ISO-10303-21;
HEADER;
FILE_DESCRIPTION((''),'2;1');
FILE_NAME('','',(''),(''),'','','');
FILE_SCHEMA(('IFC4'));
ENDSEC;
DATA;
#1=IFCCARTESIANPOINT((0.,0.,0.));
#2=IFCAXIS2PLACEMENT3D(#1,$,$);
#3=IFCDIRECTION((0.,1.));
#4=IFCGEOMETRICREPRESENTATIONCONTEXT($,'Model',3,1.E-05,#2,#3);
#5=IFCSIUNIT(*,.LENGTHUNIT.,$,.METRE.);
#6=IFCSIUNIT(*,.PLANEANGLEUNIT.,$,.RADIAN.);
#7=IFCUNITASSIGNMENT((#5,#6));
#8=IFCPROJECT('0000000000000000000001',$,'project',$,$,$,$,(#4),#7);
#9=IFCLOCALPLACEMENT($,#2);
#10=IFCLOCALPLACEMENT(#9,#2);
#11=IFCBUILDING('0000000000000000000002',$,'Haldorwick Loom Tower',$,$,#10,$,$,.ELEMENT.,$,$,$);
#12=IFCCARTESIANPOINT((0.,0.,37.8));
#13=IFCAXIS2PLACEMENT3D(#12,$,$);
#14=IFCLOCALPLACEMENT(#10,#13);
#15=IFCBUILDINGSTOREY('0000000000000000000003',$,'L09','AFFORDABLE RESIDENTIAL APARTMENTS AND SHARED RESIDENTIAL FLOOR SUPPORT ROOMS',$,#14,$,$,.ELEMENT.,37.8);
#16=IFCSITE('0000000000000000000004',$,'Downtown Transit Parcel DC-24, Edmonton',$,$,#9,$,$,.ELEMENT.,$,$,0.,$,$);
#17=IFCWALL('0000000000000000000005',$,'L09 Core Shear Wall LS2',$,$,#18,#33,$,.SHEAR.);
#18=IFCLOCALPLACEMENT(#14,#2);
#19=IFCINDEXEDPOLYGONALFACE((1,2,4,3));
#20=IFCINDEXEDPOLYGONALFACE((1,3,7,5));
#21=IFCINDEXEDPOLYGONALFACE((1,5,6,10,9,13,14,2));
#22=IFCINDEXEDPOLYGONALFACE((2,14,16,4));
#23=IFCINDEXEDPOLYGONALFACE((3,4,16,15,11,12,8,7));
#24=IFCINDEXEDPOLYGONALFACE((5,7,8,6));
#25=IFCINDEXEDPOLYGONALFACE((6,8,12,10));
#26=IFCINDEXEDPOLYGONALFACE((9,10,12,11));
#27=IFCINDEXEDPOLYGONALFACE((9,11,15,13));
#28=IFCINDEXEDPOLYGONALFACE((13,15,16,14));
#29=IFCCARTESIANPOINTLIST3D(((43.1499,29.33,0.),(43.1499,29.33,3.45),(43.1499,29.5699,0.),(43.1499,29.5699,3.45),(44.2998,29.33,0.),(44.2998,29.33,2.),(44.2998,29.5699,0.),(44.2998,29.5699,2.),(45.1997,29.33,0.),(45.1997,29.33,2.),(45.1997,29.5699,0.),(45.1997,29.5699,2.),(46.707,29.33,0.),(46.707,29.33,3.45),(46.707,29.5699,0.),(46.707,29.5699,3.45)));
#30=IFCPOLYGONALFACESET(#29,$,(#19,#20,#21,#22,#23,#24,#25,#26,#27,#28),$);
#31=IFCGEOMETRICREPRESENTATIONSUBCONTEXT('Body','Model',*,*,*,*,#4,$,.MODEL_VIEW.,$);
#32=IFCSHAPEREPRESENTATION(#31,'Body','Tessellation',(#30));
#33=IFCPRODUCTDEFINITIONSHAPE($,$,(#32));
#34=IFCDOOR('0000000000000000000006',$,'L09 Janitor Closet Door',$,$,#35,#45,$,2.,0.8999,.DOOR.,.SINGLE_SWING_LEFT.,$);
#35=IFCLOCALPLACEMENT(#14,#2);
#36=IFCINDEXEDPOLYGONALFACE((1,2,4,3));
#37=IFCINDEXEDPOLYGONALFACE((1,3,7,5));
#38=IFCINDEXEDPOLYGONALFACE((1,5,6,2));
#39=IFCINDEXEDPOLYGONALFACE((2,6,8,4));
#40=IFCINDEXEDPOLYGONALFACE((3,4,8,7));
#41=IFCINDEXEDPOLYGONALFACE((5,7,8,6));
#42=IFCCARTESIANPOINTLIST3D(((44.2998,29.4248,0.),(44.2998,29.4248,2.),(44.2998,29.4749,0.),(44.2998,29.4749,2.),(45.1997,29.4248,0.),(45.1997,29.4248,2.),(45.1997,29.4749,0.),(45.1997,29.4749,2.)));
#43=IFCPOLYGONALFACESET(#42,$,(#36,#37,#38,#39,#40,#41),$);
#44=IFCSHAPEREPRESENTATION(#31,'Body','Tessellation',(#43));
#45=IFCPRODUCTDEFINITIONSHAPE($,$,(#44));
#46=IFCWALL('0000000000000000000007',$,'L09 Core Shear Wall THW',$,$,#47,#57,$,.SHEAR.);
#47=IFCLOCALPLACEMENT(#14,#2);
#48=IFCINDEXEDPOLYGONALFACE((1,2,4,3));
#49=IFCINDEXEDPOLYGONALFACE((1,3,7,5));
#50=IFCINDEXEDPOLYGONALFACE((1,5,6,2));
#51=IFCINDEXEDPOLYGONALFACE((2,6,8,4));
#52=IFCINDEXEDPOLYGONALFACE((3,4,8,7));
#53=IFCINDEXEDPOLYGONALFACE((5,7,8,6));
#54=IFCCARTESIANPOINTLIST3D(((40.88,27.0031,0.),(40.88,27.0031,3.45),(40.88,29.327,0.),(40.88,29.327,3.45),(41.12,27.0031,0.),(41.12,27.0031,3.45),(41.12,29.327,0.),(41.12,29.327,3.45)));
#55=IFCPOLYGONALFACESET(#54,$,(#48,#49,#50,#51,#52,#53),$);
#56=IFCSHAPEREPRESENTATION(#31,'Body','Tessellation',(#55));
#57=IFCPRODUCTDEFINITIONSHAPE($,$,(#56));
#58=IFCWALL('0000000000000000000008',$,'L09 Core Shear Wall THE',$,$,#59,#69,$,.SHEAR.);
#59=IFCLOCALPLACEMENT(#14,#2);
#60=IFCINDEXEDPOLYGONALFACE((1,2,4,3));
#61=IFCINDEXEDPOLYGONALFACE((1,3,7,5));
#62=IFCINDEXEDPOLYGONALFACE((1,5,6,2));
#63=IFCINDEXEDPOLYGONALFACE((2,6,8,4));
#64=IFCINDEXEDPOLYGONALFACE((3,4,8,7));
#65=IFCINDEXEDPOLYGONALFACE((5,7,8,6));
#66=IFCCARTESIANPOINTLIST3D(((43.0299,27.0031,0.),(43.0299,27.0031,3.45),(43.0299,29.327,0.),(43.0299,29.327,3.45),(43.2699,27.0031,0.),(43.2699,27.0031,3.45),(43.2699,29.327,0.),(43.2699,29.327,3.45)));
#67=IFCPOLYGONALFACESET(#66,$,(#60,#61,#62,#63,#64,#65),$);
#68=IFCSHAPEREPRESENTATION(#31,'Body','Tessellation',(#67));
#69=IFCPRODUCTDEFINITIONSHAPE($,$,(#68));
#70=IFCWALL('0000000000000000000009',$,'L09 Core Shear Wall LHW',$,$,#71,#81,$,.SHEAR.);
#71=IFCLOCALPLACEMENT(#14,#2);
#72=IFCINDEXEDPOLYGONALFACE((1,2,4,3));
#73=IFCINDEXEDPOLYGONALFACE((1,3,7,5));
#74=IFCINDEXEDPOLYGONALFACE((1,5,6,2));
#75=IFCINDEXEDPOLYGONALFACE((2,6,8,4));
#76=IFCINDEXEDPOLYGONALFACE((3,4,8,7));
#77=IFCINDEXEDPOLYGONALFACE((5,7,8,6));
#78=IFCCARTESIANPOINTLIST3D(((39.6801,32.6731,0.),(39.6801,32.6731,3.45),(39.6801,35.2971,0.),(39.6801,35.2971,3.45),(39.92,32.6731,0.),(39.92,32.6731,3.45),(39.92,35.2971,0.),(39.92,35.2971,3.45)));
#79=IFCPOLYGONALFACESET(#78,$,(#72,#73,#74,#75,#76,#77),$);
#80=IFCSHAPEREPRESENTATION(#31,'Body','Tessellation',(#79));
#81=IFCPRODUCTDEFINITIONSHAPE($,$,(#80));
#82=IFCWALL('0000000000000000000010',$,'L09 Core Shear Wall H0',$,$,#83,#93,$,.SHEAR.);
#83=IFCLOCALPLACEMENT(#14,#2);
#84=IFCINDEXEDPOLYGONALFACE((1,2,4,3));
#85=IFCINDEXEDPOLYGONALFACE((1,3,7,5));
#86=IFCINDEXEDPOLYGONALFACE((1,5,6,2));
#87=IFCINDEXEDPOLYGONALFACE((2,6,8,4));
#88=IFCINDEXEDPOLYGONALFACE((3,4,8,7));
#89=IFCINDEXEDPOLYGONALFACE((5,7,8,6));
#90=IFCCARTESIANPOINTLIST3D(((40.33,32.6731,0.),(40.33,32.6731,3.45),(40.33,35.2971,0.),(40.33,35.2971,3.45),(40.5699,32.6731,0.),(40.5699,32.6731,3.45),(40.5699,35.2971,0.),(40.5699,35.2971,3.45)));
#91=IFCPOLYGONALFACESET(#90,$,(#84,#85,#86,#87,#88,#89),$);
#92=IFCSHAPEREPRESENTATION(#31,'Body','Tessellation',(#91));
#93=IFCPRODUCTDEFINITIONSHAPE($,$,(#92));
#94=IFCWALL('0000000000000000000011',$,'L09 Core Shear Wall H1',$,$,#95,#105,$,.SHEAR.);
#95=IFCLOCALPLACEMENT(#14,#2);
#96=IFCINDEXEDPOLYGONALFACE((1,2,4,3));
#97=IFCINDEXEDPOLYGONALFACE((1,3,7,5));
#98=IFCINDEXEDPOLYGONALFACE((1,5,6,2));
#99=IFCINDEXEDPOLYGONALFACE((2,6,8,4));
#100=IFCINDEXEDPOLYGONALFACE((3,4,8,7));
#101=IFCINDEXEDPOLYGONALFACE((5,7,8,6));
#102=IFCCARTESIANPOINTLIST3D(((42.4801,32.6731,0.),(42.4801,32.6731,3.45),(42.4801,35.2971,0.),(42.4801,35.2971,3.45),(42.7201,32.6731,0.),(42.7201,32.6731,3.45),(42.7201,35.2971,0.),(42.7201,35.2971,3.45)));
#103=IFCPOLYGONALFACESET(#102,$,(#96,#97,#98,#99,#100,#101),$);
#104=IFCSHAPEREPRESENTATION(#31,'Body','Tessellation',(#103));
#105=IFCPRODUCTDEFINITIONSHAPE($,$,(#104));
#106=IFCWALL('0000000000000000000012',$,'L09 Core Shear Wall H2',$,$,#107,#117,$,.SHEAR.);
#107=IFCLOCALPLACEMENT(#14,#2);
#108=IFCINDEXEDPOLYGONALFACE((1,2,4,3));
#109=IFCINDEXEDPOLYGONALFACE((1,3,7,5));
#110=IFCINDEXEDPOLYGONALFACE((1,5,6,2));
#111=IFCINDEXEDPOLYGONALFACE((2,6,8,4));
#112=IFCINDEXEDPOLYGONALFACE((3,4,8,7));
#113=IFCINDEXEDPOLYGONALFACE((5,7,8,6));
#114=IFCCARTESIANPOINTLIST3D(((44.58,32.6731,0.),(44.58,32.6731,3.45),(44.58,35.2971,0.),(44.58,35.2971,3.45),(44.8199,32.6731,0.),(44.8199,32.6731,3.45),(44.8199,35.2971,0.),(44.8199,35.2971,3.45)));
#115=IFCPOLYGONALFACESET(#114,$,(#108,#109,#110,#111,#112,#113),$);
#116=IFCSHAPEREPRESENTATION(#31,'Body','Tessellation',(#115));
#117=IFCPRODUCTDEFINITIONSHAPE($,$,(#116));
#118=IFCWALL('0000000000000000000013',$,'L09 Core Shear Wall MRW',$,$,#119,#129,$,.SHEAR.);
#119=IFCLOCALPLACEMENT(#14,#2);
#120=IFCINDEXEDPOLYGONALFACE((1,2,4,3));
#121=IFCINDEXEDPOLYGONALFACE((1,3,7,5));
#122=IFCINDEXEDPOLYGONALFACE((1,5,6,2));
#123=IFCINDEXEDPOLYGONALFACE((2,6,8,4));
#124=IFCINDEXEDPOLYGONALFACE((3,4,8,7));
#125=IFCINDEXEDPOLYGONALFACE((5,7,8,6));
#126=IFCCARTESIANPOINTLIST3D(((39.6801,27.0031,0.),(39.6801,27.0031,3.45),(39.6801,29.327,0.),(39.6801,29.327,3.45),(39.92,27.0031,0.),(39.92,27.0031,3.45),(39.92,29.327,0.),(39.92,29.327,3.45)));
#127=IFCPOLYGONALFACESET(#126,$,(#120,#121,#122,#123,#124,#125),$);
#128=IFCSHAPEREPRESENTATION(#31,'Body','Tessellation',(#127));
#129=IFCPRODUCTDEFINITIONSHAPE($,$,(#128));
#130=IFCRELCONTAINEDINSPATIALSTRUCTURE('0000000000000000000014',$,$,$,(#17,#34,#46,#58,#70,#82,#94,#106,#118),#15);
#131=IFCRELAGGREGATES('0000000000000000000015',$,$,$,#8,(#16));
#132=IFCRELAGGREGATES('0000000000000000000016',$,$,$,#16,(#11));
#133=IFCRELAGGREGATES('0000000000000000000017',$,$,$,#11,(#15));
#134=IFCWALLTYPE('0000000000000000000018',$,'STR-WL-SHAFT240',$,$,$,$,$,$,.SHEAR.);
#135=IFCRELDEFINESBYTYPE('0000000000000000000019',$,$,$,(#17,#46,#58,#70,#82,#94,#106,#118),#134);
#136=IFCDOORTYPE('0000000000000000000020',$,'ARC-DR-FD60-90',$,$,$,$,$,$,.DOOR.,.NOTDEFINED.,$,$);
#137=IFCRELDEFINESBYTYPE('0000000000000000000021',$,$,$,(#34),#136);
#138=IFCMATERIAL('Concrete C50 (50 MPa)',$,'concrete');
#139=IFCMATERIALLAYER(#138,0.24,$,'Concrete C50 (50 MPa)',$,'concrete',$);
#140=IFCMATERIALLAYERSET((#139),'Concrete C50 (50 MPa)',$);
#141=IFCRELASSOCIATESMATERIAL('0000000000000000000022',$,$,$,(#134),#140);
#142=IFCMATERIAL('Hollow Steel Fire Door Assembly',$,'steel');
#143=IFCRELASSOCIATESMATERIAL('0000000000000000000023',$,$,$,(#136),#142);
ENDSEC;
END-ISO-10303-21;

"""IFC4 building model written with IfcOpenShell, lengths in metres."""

from ifc_helpers import new_model, si_unit, direction, frame, frame_2d, origin, place, context, subcontext, project, spatial, rectangle, extrude, material, layer, layer_set, type_object, element, fill, save


model = new_model("IFC4")

# Units and contexts
model_context = context("Model", 3, precision=1e-05, world=origin(), true_north=direction((0.0, 1.0)))
body_context = subcontext(model_context, "Body", "Model", "MODEL_VIEW")
ifc_project = project(units=[si_unit("LENGTHUNIT", "METRE"), si_unit("PLANEANGLEUNIT", "RADIAN")], contexts=[model_context])

# Site, building, storey
site_placement = place(None, origin())
site = spatial("IfcSite", under=ifc_project, at=site_placement, Name="Downtown Transit Parcel DC-24, Edmonton", CompositionType="ELEMENT", RefElevation=0.0)
building_placement = place(site_placement, origin())
building = spatial("IfcBuilding", under=site, at=building_placement, Name="Haldorwick Loom Tower", CompositionType="ELEMENT")
storey_placement = place(building_placement, frame((0.0, 0.0, 37.8)))
storey = spatial("IfcBuildingStorey", under=building, at=storey_placement, Name="L09", Description="AFFORDABLE RESIDENTIAL APARTMENTS AND SHARED RESIDENTIAL FLOOR SUPPORT ROOMS", CompositionType="ELEMENT", Elevation=37.8)

# Shared definitions
ifc_material_1 = material(Name="Concrete C50 (50 MPa)", Category="concrete")
ifc_layer_1 = layer(ifc_material_1, 0.24, Name="Concrete C50 (50 MPa)", Category="concrete")
ifc_layer_set_1 = layer_set([ifc_layer_1], Name="Concrete C50 (50 MPa)")
wall_type_1 = type_object("IfcWallType", Name="STR-WL-SHAFT240", PredefinedType="SHEAR", material=ifc_layer_set_1)

# Wall, opening, door
wall_1_placement = place(storey_placement, frame((43.1499, 29.45, 0.0), z_axis=(0.0, 0.0, 1.0), x_axis=(1.0, 0.0, 0.0)))
wall_1 = element("IfcWall", 1, at=wall_1_placement, inside=storey, type_object=wall_type_1, Name="L09 Core Shear Wall LS2", PredefinedType="SHEAR", context=body_context, shape_type="SweptSolid", body=[
    extrude(rectangle(XDim=3.5571, YDim=0.24, at=frame_2d((1.7786, 0.0))), origin(), (0.0, 0.0, 1.0), 3.45),
])
opening_1_placement = place(wall_1_placement, frame((1.1499, 0.0, 0.0)))
opening_1 = element("IfcOpeningElement", 2, at=opening_1_placement, cuts=wall_1, PredefinedType="OPENING", context=body_context, shape_type="SweptSolid", body=[
    extrude(rectangle(XDim=0.8999, YDim=2.0, at=frame_2d((0.45, 1.0))), frame((0.0, 0.1299, 0.0), z_axis=(0.0, -1.0, 0.0), x_axis=(1.0, 0.0, 0.0)), (0.0, 0.0, 1.0), 0.26),
])
ifc_material_2 = material(Name="Hollow Steel Fire Door Assembly", Category="steel")
door_type_1 = type_object("IfcDoorType", Name="ARC-DR-FD60-90", OperationType="NOTDEFINED", PredefinedType="DOOR", material=ifc_material_2)
door_1_placement = place(opening_1_placement, origin())
door_1 = element("IfcDoor", 3, at=door_1_placement, inside=storey, type_object=door_type_1, Name="L09 Janitor Closet Door", OperationType="SINGLE_SWING_LEFT", OverallHeight=2.0, OverallWidth=0.8999, PredefinedType="DOOR", context=body_context, shape_type="SweptSolid", body=[
    extrude(rectangle(XDim=0.8999, YDim=2.0, at=frame_2d((0.45, 1.0))), frame((0.0, 0.0249, 0.0), z_axis=(0.0, -1.0, 0.0), x_axis=(1.0, 0.0, 0.0)), (0.0, 0.0, 1.0), 0.05),
])
fill(opening_1, door_1)

# Walls
for number, where, z_axis, x_axis, name in (
    (4, (41.0, 27.0029, 0.0), (0.0, 0.0, 1.0), (0.0, 1.0, 0.0), "L09 Core Shear Wall THW"),
    (5, (43.1499, 27.0029, 0.0), (0.0, 0.0, 1.0), (0.0, 1.0, 0.0), "L09 Core Shear Wall THE"),
):
    element("IfcWall", number, at=place(storey_placement, frame(where, z_axis=z_axis, x_axis=x_axis)), inside=storey, type_object=wall_type_1, Name=name, PredefinedType="SHEAR", context=body_context, shape_type="SweptSolid", body=[
        extrude(rectangle(XDim=2.324, YDim=0.24, at=frame_2d((1.1621, 0.0))), origin(), (0.0, 0.0, 1.0), 3.45),
    ])
for number, where, z_axis, x_axis, name in (
    (6, (39.8, 32.6731, 0.0), (0.0, 0.0, 1.0), (0.0, 1.0, 0.0), "L09 Core Shear Wall LHW"),
    (7, (40.45, 32.6731, 0.0), (0.0, 0.0, 1.0), (0.0, 1.0, 0.0), "L09 Core Shear Wall H0"),
    (8, (42.6001, 32.6731, 0.0), (0.0, 0.0, 1.0), (0.0, 1.0, 0.0), "L09 Core Shear Wall H1"),
    (9, (44.7, 32.6731, 0.0), (0.0, 0.0, 1.0), (0.0, 1.0, 0.0), "L09 Core Shear Wall H2"),
):
    element("IfcWall", number, at=place(storey_placement, frame(where, z_axis=z_axis, x_axis=x_axis)), inside=storey, type_object=wall_type_1, Name=name, PredefinedType="SHEAR", context=body_context, shape_type="SweptSolid", body=[
        extrude(rectangle(XDim=2.624, YDim=0.24, at=frame_2d((1.312, 0.0))), origin(), (0.0, 0.0, 1.0), 3.45),
    ])
wall_2_placement = place(storey_placement, frame((39.8, 27.0029, 0.0), z_axis=(0.0, 0.0, 1.0), x_axis=(0.0, 1.0, 0.0)))
element("IfcWall", 10, at=wall_2_placement, inside=storey, type_object=wall_type_1, Name="L09 Core Shear Wall MRW", PredefinedType="SHEAR", context=body_context, shape_type="SweptSolid", body=[
    extrude(rectangle(XDim=2.324, YDim=0.24, at=frame_2d((1.1621, 0.0))), origin(), (0.0, 0.0, 1.0), 3.45),
])

save(model, "model.ifc")
